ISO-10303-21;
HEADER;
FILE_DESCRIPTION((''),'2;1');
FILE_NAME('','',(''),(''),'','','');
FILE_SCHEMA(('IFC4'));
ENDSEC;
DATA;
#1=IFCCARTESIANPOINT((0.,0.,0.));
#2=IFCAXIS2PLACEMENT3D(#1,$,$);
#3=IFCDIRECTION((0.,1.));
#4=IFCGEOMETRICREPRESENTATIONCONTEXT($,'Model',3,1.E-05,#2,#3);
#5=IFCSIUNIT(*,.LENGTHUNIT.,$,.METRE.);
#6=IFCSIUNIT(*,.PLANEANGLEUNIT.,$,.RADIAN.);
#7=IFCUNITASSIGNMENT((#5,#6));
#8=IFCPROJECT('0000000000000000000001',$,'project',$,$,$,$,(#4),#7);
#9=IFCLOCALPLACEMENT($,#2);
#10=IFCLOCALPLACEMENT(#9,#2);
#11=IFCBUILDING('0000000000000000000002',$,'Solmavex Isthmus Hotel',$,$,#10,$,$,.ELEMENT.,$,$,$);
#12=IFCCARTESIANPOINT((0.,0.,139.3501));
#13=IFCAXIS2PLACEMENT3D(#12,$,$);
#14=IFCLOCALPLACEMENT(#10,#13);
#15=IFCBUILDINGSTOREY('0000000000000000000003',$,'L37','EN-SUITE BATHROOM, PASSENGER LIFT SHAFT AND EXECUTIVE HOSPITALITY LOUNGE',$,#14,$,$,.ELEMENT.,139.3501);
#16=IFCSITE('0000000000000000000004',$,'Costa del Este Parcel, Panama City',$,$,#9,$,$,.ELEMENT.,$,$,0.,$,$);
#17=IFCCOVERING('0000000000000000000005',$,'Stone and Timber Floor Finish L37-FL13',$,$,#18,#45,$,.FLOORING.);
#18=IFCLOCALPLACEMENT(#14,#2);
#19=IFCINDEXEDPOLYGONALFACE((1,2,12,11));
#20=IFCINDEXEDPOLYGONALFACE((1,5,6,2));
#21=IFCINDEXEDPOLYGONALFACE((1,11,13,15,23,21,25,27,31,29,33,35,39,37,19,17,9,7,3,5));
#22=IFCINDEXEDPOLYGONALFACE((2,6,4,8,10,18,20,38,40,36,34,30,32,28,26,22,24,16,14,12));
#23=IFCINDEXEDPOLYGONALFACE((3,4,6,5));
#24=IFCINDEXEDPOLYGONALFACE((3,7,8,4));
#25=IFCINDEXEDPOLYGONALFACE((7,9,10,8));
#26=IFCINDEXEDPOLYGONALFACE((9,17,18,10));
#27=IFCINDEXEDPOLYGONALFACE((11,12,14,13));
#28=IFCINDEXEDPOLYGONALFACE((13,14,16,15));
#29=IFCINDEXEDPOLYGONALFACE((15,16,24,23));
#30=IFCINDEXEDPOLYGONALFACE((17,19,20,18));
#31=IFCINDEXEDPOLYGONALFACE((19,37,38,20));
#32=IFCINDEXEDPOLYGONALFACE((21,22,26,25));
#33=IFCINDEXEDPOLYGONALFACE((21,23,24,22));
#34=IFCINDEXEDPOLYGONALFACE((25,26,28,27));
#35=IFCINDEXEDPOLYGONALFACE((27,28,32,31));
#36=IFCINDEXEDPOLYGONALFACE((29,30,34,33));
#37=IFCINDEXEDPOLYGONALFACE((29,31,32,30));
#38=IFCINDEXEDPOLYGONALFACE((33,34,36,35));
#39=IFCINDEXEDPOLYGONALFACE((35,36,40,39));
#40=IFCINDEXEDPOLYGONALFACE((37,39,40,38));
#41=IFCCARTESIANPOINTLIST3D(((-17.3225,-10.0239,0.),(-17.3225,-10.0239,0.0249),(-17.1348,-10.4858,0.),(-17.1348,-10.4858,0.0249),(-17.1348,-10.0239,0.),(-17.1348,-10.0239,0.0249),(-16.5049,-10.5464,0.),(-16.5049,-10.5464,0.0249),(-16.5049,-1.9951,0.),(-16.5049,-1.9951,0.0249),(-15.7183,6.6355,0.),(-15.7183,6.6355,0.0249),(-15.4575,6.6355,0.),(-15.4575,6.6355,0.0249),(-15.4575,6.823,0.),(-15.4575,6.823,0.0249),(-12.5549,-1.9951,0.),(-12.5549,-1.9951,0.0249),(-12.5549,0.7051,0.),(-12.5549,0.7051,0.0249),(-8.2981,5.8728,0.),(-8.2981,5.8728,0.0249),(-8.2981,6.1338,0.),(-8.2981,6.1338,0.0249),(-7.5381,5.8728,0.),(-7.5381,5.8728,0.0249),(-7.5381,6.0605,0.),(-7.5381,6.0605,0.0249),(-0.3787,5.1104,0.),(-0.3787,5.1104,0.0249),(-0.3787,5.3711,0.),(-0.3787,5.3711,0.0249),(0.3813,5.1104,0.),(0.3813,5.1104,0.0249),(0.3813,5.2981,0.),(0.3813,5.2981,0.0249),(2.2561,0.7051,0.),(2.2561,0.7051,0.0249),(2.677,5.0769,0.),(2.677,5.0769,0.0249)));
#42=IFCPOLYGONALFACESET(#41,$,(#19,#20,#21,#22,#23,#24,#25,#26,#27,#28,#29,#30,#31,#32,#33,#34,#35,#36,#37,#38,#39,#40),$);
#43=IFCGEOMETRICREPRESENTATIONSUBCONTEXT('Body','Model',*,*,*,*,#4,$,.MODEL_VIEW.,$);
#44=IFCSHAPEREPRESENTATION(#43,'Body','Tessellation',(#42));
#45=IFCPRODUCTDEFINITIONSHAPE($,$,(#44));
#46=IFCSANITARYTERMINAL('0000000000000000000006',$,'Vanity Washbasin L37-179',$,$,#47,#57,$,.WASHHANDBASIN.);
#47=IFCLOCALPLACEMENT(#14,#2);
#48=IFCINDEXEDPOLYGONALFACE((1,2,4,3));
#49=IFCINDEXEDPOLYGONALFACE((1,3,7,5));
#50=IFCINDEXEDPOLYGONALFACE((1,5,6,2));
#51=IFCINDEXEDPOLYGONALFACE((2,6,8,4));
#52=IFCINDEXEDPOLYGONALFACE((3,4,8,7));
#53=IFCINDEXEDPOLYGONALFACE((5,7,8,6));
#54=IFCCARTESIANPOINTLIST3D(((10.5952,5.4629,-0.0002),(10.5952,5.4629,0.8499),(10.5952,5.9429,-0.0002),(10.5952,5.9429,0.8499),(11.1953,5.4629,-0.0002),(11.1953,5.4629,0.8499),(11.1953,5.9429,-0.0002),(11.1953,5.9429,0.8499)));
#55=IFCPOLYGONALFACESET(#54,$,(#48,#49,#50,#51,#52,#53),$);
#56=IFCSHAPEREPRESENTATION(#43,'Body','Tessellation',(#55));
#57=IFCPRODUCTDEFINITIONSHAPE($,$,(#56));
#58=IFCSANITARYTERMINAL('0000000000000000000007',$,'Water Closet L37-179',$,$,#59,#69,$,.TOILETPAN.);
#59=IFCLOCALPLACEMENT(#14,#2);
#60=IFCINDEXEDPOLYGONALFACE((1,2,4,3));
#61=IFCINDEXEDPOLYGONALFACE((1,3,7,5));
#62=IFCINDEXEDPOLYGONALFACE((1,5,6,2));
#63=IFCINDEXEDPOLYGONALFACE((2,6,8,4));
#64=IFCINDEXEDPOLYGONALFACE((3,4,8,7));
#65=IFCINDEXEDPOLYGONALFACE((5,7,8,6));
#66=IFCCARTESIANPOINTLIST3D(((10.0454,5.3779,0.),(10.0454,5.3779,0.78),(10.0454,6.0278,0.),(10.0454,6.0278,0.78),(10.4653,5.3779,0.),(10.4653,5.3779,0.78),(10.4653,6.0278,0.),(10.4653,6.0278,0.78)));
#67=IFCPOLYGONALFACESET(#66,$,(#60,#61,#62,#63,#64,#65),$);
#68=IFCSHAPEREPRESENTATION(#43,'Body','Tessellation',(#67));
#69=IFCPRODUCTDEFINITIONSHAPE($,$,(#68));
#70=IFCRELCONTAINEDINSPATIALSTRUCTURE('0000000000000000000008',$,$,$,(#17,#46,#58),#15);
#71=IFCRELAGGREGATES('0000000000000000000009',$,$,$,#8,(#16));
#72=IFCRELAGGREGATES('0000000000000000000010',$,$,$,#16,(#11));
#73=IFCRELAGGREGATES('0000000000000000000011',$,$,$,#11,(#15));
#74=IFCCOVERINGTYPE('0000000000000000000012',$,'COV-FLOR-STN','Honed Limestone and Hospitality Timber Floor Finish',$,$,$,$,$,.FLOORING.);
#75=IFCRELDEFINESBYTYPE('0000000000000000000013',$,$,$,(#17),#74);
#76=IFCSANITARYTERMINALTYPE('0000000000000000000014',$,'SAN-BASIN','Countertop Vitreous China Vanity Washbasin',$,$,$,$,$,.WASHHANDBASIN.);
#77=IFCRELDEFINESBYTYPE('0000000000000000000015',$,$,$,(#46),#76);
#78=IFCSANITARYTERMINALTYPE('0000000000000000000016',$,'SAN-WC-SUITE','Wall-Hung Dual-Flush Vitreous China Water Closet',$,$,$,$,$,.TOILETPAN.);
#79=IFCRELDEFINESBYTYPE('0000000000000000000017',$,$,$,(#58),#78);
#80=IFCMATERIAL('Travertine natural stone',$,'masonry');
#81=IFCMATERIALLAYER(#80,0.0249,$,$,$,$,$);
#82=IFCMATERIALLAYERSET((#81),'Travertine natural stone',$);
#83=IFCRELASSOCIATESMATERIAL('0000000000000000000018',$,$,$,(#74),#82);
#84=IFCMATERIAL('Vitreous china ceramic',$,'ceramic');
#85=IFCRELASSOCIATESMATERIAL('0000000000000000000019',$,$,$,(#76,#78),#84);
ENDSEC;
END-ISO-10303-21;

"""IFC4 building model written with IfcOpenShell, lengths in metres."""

from ifc_helpers import new_model, si_unit, direction, frame, origin, origin_2d, place, context, subcontext, project, spatial, polyline, rectangle, outline, extrude, material, layer, layer_set, type_object, element, save


model = new_model("IFC4")

# Units and contexts
model_context = context("Model", 3, precision=1e-05, world=origin(), true_north=direction((0.0, 1.0)))
body_context = subcontext(model_context, "Body", "Model", "MODEL_VIEW")
ifc_project = project(units=[si_unit("LENGTHUNIT", "METRE"), si_unit("PLANEANGLEUNIT", "RADIAN")], contexts=[model_context])

# Site, building, storey
site_placement = place(None, origin())
site = spatial("IfcSite", under=ifc_project, at=site_placement, Name="Costa del Este Parcel, Panama City", CompositionType="ELEMENT", RefElevation=0.0)
building_placement = place(site_placement, origin())
building = spatial("IfcBuilding", under=site, at=building_placement, Name="Solmavex Isthmus Hotel", CompositionType="ELEMENT")
storey_placement = place(building_placement, frame((0.0, 0.0, 139.3501)))
storey = spatial("IfcBuildingStorey", under=building, at=storey_placement, Name="L37", Description="EN-SUITE BATHROOM, PASSENGER LIFT SHAFT AND EXECUTIVE HOSPITALITY LOUNGE", CompositionType="ELEMENT", Elevation=139.3501)

# Covering
ifc_material_1 = material(Name="Travertine natural stone", Category="masonry")
ifc_layer_1 = layer(ifc_material_1, 0.0249)
ifc_layer_set_1 = layer_set([ifc_layer_1], Name="Travertine natural stone")
covering_type_1 = type_object("IfcCoveringType", Name="COV-FLOR-STN", Description="Honed Limestone and Hospitality Timber Floor Finish", PredefinedType="FLOORING", material=ifc_layer_set_1)
covering_1_placement = place(storey_placement, origin())
element("IfcCovering", 1, at=covering_1_placement, inside=storey, type_object=covering_type_1, Name="Stone and Timber Floor Finish L37-FL13", PredefinedType="FLOORING", context=body_context, shape_type="SweptSolid", body=[
    extrude(outline(polyline([(-17.3225, -10.0239), (-17.1348, -10.0239), (-17.1348, -10.4858), (-16.5049, -10.5464), (-16.5049, -1.9951), (-12.5549, -1.9951), (-12.5549, 0.7051), (2.2561, 0.7051), (2.677, 5.0769), (0.3813, 5.2981), (0.3813, 5.1104), (-0.3787, 5.1104), (-0.3787, 5.3711), (-7.5381, 6.0605), (-7.5381, 5.8728), (-8.2981, 5.8728), (-8.2981, 6.1338), (-15.4575, 6.823), (-15.4575, 6.6355), (-15.7183, 6.6355), (-17.3225, -10.0239)])), origin(), (0.0, 0.0, 1.0), 0.0249),
])

# Sanitary terminals
ifc_material_2 = material(Name="Vitreous china ceramic", Category="ceramic")
sanitary_terminal_type_1 = type_object("IfcSanitaryTerminalType", Name="SAN-BASIN", Description="Countertop Vitreous China Vanity Washbasin", PredefinedType="WASHHANDBASIN", material=ifc_material_2)
sanitary_terminal_1_placement = place(storey_placement, frame((10.8953, 5.7029, -0.0002), z_axis=(0.0, 0.0, 1.0), x_axis=(1.0, 0.0, 0.0)))
element("IfcSanitaryTerminal", 2, at=sanitary_terminal_1_placement, inside=storey, type_object=sanitary_terminal_type_1, Name="Vanity Washbasin L37-179", PredefinedType="WASHHANDBASIN", context=body_context, shape_type="SweptSolid", body=[
    extrude(rectangle(XDim=0.6001, YDim=0.48, at=origin_2d()), origin(), (0.0, 0.0, 1.0), 0.8501),
])
sanitary_terminal_type_2 = type_object("IfcSanitaryTerminalType", Name="SAN-WC-SUITE", Description="Wall-Hung Dual-Flush Vitreous China Water Closet", PredefinedType="TOILETPAN", material=ifc_material_2)
sanitary_terminal_2_placement = place(storey_placement, frame((10.2554, 5.7029, 0.0), z_axis=(0.0, 0.0, 1.0), x_axis=(1.0, 0.0, 0.0)))
element("IfcSanitaryTerminal", 3, at=sanitary_terminal_2_placement, inside=storey, type_object=sanitary_terminal_type_2, Name="Water Closet L37-179", PredefinedType="TOILETPAN", context=body_context, shape_type="SweptSolid", body=[
    extrude(rectangle(XDim=0.4199, YDim=0.6499, at=origin_2d()), origin(), (0.0, 0.0, 1.0), 0.78),
])

save(model, "model.ifc")
